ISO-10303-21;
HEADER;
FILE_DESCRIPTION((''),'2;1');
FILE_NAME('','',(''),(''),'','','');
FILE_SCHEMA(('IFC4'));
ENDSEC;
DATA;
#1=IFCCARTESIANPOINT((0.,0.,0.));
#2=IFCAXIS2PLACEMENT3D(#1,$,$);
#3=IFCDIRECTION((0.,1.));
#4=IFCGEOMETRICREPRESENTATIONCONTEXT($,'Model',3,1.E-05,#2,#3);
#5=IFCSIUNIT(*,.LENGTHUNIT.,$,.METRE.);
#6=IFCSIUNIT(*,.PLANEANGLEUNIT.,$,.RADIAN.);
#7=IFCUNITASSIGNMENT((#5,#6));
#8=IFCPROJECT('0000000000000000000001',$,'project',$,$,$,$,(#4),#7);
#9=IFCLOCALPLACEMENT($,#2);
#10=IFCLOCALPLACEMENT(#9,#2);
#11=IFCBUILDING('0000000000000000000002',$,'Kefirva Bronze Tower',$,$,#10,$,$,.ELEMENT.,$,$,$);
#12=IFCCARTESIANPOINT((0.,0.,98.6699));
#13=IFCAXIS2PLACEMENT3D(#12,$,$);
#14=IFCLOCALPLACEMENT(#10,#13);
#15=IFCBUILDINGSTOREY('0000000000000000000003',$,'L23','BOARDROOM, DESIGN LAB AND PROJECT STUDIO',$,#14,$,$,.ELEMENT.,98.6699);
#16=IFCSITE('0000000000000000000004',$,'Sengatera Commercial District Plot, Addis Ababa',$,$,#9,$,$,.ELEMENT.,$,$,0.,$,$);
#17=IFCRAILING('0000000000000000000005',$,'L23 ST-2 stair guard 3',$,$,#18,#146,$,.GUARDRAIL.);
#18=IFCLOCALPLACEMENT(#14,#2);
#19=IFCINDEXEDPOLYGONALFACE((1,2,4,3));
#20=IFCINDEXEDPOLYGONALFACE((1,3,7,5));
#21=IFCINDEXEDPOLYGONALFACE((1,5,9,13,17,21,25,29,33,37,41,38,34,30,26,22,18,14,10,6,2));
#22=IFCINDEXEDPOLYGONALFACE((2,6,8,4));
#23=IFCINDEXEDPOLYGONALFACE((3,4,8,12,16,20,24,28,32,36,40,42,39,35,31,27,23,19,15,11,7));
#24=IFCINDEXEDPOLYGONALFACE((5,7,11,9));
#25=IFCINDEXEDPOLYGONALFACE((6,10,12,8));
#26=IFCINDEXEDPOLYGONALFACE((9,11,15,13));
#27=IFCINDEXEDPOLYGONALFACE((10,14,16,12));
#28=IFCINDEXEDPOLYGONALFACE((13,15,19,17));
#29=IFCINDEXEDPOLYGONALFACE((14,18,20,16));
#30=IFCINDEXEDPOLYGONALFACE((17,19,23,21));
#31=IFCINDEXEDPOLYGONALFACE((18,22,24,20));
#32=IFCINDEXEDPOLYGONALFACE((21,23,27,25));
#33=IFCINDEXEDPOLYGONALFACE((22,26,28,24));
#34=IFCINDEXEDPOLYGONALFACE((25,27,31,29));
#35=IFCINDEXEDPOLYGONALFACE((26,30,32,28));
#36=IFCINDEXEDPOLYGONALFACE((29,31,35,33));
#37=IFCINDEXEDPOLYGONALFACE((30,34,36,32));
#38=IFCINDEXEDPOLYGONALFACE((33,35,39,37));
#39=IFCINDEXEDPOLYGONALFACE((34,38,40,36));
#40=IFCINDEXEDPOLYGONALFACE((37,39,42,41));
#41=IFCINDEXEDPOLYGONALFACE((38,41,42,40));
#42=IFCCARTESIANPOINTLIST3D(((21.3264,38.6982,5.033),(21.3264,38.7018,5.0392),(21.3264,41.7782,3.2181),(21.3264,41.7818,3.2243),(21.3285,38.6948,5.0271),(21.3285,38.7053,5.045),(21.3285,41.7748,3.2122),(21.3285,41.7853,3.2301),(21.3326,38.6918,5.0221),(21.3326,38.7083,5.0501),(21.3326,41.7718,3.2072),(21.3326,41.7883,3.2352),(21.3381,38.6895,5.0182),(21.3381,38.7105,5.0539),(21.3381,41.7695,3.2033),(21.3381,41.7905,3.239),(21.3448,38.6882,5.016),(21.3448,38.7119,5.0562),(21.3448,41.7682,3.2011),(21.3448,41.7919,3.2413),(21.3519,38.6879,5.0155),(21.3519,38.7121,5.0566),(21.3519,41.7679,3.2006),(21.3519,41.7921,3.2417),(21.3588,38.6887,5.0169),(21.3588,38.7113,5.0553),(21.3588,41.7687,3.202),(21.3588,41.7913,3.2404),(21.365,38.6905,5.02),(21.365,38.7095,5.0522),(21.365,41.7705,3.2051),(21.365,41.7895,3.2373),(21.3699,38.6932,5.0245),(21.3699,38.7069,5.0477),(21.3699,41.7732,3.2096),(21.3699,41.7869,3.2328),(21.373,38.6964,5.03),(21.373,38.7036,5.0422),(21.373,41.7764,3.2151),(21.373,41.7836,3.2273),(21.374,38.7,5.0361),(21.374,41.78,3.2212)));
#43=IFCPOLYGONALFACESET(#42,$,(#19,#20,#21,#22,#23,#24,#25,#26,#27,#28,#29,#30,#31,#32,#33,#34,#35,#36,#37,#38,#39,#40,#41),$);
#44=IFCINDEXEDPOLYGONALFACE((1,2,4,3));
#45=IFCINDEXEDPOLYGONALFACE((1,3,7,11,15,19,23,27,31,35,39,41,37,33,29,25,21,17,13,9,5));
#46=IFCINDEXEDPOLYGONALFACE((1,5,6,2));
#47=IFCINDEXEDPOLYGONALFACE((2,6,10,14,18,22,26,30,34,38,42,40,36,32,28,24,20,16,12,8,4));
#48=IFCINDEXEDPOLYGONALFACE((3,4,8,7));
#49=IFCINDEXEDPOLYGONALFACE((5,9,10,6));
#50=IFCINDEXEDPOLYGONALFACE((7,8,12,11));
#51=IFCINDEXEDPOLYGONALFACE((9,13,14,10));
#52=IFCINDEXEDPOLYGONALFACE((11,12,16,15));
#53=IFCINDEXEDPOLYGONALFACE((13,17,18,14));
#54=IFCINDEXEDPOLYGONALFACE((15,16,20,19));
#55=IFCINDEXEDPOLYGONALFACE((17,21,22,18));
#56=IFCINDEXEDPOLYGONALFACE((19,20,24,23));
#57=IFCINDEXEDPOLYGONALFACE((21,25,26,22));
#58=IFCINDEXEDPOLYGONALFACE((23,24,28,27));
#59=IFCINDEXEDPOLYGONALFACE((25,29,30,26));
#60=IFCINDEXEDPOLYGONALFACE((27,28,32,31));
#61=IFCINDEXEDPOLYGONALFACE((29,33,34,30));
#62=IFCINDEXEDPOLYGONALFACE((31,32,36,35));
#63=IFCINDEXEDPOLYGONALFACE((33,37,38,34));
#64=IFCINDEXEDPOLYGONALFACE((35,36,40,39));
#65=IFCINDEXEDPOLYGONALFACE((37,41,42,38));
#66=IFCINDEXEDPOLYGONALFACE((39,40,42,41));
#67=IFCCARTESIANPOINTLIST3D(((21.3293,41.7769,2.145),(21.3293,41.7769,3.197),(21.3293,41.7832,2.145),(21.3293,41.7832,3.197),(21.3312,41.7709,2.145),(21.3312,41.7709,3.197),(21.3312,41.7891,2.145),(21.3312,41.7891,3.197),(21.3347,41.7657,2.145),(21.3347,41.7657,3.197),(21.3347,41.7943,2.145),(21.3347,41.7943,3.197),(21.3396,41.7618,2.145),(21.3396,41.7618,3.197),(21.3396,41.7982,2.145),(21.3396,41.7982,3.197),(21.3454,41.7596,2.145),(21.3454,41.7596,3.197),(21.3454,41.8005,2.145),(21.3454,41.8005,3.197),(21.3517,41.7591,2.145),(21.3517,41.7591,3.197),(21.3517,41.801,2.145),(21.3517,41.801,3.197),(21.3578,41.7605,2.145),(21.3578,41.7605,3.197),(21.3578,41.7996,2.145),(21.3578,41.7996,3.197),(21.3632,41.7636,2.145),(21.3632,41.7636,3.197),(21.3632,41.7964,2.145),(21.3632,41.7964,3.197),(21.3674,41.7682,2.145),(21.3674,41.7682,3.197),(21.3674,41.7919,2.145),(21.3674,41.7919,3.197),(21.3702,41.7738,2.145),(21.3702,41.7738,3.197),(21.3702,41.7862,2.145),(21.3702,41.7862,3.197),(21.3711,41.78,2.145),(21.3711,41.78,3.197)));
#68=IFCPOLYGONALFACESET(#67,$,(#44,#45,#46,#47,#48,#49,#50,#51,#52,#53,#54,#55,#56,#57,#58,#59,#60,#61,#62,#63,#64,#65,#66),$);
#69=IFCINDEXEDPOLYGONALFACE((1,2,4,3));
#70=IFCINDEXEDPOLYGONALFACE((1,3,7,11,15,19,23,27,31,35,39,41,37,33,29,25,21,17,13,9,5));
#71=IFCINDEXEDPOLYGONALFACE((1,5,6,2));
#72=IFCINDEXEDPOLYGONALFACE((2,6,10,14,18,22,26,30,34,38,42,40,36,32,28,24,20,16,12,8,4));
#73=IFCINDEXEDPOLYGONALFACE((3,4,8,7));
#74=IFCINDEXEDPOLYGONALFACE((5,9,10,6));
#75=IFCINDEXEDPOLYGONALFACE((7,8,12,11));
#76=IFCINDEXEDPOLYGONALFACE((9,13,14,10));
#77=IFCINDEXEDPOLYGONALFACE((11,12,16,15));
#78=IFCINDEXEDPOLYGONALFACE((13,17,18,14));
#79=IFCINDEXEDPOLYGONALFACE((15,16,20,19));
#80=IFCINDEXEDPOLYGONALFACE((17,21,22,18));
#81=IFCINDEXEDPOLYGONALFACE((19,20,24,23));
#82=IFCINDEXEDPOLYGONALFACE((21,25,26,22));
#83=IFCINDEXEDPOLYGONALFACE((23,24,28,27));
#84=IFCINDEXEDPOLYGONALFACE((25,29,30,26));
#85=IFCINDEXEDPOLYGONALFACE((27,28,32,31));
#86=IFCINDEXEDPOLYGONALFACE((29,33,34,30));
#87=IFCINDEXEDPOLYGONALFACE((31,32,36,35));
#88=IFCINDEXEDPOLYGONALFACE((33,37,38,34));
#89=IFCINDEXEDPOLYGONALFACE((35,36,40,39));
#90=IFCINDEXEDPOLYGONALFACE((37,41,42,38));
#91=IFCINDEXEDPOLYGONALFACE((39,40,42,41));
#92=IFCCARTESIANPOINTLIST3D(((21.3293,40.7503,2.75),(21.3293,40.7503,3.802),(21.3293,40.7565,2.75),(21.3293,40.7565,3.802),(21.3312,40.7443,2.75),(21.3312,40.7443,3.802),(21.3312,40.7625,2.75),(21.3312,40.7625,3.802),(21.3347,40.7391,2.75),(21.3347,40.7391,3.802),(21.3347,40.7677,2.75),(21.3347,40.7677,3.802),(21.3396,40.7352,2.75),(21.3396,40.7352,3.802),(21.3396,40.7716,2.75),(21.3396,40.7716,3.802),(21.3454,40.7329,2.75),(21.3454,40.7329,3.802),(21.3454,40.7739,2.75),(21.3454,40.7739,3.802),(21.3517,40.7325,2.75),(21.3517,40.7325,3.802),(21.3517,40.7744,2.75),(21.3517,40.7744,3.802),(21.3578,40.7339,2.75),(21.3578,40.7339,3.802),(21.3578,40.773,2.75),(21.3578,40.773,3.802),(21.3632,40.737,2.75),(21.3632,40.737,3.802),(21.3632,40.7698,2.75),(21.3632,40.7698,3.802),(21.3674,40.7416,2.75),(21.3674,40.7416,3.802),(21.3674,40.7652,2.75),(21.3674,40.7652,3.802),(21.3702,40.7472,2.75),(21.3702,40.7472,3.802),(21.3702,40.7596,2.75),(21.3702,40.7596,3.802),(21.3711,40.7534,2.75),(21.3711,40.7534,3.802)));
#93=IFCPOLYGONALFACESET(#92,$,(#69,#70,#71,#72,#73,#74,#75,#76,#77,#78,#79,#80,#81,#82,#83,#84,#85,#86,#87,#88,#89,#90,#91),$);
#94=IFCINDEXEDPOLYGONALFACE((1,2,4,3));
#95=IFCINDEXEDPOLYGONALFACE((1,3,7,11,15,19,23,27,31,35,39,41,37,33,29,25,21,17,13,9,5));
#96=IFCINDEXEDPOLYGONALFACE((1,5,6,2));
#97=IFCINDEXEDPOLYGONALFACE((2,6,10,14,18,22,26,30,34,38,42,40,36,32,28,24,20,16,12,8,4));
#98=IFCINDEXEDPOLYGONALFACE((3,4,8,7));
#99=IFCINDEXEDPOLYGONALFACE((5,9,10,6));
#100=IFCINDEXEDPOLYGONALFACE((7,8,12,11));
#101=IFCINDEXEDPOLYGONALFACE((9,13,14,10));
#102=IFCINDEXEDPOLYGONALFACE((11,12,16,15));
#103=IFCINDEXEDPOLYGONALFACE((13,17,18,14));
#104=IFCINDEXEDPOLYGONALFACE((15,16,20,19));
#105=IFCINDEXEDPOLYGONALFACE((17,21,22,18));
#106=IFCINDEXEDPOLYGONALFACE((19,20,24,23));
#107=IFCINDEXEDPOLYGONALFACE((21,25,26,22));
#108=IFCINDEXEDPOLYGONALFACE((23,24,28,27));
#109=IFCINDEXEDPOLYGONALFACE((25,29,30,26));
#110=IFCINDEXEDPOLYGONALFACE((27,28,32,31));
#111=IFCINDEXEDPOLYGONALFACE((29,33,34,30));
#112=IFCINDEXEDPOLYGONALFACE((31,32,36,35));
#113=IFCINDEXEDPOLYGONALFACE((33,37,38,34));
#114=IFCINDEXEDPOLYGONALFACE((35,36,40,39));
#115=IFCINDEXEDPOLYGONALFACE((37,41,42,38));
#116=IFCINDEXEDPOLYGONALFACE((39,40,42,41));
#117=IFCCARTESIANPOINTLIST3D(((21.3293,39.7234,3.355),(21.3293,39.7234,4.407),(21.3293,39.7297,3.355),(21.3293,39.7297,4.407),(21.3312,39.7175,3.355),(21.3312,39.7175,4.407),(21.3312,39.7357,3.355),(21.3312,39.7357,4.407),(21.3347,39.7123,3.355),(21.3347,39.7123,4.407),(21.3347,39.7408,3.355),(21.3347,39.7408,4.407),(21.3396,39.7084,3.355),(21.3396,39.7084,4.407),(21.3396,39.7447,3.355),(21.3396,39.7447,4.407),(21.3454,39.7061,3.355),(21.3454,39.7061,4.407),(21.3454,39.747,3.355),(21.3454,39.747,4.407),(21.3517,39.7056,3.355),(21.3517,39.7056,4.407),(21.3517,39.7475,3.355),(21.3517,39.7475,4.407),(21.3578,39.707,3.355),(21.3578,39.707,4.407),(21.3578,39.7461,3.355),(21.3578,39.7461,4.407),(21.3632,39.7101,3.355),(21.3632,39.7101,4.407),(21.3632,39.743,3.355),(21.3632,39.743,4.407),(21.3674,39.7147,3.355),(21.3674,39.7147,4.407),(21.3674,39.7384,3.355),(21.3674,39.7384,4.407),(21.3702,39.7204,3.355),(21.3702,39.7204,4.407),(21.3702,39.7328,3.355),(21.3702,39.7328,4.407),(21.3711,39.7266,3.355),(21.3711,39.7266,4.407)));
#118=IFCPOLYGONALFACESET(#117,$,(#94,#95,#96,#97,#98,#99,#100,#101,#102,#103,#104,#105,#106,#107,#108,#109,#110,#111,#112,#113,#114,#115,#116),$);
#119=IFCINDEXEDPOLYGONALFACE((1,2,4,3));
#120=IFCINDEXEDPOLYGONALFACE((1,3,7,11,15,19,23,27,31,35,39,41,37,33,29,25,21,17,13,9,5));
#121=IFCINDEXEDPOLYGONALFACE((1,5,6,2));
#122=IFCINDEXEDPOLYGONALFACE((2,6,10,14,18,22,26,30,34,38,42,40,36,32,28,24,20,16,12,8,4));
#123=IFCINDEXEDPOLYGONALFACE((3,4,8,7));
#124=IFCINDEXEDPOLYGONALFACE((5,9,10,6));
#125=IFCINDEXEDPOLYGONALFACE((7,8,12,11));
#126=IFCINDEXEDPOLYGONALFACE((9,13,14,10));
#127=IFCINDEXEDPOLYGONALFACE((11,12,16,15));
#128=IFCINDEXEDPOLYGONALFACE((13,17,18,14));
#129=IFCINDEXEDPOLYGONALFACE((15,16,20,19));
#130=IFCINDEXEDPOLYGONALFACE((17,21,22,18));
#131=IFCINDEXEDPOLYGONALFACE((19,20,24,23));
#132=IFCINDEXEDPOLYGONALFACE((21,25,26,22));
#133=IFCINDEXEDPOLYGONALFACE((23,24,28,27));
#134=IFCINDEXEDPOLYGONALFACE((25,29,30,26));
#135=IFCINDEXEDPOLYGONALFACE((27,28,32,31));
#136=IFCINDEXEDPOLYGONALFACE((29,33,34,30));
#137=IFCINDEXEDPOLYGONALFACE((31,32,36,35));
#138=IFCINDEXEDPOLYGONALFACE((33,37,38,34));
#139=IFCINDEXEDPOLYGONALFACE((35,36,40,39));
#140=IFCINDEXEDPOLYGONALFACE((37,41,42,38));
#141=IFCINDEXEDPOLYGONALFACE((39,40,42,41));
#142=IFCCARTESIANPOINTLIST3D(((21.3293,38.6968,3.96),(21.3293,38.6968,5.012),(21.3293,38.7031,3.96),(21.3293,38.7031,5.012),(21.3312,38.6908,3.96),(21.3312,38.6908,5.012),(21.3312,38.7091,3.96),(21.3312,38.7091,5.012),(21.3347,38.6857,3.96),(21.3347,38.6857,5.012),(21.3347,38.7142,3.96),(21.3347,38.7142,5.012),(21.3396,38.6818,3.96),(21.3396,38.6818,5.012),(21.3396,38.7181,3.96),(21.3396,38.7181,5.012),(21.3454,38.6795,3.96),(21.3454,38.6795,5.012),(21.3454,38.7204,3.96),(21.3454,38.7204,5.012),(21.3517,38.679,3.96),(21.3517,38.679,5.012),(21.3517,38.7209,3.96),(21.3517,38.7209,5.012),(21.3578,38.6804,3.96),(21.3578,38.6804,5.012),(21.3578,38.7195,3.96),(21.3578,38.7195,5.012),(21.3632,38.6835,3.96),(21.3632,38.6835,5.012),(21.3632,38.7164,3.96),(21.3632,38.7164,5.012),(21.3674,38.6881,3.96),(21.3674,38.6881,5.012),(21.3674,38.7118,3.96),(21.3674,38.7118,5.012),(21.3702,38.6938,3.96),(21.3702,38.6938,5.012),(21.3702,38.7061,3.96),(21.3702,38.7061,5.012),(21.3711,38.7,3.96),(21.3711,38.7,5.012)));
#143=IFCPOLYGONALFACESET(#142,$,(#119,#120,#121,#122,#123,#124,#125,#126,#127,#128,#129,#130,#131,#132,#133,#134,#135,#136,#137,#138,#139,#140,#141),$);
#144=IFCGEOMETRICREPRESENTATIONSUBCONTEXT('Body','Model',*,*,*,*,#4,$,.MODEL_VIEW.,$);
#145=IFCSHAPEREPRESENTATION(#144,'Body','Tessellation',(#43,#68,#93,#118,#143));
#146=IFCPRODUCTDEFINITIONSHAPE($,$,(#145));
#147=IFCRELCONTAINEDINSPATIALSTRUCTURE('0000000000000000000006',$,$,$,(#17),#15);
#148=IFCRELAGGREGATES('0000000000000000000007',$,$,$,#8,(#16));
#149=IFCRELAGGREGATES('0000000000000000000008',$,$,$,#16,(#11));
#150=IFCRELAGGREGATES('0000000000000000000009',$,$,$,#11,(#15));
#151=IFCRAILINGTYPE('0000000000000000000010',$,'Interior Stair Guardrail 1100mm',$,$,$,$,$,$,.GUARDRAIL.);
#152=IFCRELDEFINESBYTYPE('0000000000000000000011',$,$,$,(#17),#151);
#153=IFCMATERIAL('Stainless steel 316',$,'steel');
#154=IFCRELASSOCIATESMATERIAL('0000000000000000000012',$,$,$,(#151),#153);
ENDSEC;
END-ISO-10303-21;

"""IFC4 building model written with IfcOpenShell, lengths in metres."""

from ifc_helpers import new_model, si_unit, direction, frame, origin, origin_2d, place, context, subcontext, project, spatial, circle, extrude, material, type_object, element, save


model = new_model("IFC4")

# Units and contexts
model_context = context("Model", 3, precision=1e-05, world=origin(), true_north=direction((0.0, 1.0)))
body_context = subcontext(model_context, "Body", "Model", "MODEL_VIEW")
ifc_project = project(units=[si_unit("LENGTHUNIT", "METRE"), si_unit("PLANEANGLEUNIT", "RADIAN")], contexts=[model_context])

# Site, building, storey
site_placement = place(None, origin())
site = spatial("IfcSite", under=ifc_project, at=site_placement, Name="Sengatera Commercial District Plot, Addis Ababa", CompositionType="ELEMENT", RefElevation=0.0)
building_placement = place(site_placement, origin())
building = spatial("IfcBuilding", under=site, at=building_placement, Name="Kefirva Bronze Tower", CompositionType="ELEMENT")
storey_placement = place(building_placement, frame((0.0, 0.0, 98.6699)))
storey = spatial("IfcBuildingStorey", under=building, at=storey_placement, Name="L23", Description="BOARDROOM, DESIGN LAB AND PROJECT STUDIO", CompositionType="ELEMENT", Elevation=98.6699)

# Railing
ifc_material_1 = material(Name="Stainless steel 316", Category="steel")
railing_type_1 = type_object("IfcRailingType", Name="Interior Stair Guardrail 1100mm", PredefinedType="GUARDRAIL", material=ifc_material_1)
railing_1_placement = place(storey_placement, frame((21.3501, 41.78, 2.145)))
element("IfcRailing", 1, at=railing_1_placement, inside=storey, type_object=railing_type_1, Name="L23 ST-2 stair guard 3", PredefinedType="GUARDRAIL", context=body_context, shape_type="SweptSolid", body=[
    extrude(circle(Radius=0.0239, at=origin_2d()), frame((0.0, 0.0, 1.0762), z_axis=(0.0, -0.861551, 0.507671), x_axis=(1.0, 0.0, 0.0)), (0.0, 0.0, 1.0), 3.575),
    extrude(circle(Radius=0.021, at=origin_2d()), origin(), (0.0, 0.0, 1.0), 1.052),
    extrude(circle(Radius=0.021, at=origin_2d()), frame((0.0, -1.0266, 0.605)), (0.0, 0.0, 1.0), 1.052),
    extrude(circle(Radius=0.021, at=origin_2d()), frame((0.0, -2.0535, 1.21)), (0.0, 0.0, 1.0), 1.052),
    extrude(circle(Radius=0.021, at=origin_2d()), frame((0.0, -3.0801, 1.8149)), (0.0, 0.0, 1.0), 1.052),
])

save(model, "model.ifc")
